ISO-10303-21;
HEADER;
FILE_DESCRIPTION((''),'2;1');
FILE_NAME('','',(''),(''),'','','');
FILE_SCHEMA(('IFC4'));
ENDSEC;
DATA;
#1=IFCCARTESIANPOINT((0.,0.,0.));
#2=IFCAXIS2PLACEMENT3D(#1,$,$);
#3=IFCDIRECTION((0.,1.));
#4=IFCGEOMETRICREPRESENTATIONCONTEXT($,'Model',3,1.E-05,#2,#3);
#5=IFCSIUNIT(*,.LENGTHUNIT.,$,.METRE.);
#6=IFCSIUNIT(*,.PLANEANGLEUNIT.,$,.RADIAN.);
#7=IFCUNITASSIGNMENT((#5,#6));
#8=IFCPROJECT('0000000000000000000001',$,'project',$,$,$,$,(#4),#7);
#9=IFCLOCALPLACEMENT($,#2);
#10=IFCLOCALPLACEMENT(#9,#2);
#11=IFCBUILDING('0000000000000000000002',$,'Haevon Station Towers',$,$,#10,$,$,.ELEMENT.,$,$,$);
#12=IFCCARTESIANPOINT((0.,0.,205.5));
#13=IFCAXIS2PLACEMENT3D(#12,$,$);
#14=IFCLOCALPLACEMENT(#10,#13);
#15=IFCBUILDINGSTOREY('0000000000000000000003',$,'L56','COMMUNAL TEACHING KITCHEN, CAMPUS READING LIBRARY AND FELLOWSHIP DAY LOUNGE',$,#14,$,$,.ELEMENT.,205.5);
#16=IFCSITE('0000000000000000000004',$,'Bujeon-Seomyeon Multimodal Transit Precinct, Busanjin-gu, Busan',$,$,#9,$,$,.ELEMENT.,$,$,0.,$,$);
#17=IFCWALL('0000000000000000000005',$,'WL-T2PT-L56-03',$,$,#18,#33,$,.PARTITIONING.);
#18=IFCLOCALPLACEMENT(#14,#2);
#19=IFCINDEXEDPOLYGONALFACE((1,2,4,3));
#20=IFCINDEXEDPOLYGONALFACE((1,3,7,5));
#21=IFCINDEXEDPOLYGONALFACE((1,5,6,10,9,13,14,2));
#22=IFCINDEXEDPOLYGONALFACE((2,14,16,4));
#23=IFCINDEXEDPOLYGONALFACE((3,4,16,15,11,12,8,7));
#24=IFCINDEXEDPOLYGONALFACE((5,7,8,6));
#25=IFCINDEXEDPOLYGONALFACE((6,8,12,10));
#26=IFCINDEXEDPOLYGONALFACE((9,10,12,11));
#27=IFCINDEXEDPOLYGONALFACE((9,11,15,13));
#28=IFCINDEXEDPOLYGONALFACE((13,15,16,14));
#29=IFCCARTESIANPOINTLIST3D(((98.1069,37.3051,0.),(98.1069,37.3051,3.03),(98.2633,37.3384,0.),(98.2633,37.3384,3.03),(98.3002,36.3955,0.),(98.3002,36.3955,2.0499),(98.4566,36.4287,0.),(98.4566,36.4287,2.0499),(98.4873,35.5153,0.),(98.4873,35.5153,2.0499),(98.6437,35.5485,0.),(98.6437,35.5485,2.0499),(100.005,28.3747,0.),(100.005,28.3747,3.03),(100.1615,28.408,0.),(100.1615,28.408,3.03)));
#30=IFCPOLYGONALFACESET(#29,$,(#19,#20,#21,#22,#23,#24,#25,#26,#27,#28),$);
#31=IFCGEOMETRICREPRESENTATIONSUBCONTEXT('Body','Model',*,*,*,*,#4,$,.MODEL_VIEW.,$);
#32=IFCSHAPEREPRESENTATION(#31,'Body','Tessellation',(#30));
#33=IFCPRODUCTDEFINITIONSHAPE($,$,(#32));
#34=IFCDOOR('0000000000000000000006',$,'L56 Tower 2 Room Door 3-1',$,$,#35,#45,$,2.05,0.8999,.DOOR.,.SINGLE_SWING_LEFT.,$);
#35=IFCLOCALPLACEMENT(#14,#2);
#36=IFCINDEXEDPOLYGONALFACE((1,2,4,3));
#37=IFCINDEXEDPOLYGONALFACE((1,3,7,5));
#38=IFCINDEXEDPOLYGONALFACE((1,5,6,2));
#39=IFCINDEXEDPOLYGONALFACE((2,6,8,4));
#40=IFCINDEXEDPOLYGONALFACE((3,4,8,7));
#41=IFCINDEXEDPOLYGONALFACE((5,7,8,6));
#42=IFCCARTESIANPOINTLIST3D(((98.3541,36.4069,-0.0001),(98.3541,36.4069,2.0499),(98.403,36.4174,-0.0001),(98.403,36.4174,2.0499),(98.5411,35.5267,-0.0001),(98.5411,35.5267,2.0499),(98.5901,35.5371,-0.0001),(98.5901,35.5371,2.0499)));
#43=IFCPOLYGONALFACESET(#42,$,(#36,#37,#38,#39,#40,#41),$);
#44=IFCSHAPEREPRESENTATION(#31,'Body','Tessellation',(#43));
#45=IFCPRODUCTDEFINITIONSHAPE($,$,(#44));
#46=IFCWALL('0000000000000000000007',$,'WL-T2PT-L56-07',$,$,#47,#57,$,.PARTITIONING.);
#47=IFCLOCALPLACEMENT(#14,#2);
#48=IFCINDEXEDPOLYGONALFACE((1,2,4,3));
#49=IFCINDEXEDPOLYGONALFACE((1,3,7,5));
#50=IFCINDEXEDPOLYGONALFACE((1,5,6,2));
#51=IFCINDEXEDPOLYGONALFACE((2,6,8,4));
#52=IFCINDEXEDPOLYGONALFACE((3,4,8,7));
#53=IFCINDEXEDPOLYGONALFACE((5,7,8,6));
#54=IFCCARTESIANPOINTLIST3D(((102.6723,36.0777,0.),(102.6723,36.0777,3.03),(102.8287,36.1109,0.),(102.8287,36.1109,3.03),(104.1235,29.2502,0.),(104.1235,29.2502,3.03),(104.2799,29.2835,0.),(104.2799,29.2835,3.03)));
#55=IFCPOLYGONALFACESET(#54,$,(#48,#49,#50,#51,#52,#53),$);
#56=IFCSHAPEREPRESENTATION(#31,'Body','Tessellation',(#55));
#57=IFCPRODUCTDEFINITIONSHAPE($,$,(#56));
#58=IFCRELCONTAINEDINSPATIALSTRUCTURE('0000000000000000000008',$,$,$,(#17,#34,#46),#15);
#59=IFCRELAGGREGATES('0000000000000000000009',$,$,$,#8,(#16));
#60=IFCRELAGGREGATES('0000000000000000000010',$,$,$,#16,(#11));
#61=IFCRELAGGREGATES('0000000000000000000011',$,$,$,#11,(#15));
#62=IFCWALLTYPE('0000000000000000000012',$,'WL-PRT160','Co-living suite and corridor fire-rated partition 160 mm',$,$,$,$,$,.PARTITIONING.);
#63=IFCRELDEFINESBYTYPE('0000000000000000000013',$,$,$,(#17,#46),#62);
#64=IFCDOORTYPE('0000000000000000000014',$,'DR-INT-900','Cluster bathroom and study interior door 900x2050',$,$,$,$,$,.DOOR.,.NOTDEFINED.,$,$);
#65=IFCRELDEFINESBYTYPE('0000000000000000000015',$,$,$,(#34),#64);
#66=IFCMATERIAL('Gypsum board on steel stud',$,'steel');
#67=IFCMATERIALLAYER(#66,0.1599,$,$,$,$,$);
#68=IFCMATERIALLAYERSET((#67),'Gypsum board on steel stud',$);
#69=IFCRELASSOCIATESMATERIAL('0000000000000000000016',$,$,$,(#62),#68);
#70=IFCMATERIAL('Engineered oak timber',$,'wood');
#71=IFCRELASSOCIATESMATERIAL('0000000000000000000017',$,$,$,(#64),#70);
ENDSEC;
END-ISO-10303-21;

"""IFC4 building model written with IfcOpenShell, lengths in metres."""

from ifc_helpers import new_model, si_unit, direction, frame, frame_2d, origin, place, context, subcontext, project, spatial, rectangle, extrude, material, layer, layer_set, type_object, element, fill, save


model = new_model("IFC4")

# Units and contexts
model_context = context("Model", 3, precision=1e-05, world=origin(), true_north=direction((0.0, 1.0)))
body_context = subcontext(model_context, "Body", "Model", "MODEL_VIEW")
ifc_project = project(units=[si_unit("LENGTHUNIT", "METRE"), si_unit("PLANEANGLEUNIT", "RADIAN")], contexts=[model_context])

# Site, building, storey
site_placement = place(None, origin())
site = spatial("IfcSite", under=ifc_project, at=site_placement, Name="Bujeon-Seomyeon Multimodal Transit Precinct, Busanjin-gu, Busan", CompositionType="ELEMENT", RefElevation=0.0)
building_placement = place(site_placement, origin())
building = spatial("IfcBuilding", under=site, at=building_placement, Name="Haevon Station Towers", CompositionType="ELEMENT")
storey_placement = place(building_placement, frame((0.0, 0.0, 205.5)))
storey = spatial("IfcBuildingStorey", under=building, at=storey_placement, Name="L56", Description="COMMUNAL TEACHING KITCHEN, CAMPUS READING LIBRARY AND FELLOWSHIP DAY LOUNGE", CompositionType="ELEMENT", Elevation=205.5)

# Wall, opening, door
ifc_material_1 = material(Name="Gypsum board on steel stud", Category="steel")
ifc_layer_1 = layer(ifc_material_1, 0.1599)
ifc_layer_set_1 = layer_set([ifc_layer_1], Name="Gypsum board on steel stud")
wall_type_1 = type_object("IfcWallType", Name="WL-PRT160", Description="Co-living suite and corridor fire-rated partition 160 mm", PredefinedType="PARTITIONING", material=ifc_layer_set_1)
wall_1_placement = place(storey_placement, frame((100.0833, 28.3914, 0.0), z_axis=(0.0, 0.0, 1.0), x_axis=(-0.207909, 0.978148, 0.0)))
wall_1 = element("IfcWall", 1, at=wall_1_placement, inside=storey, type_object=wall_type_1, Name="WL-T2PT-L56-03", PredefinedType="PARTITIONING", context=body_context, shape_type="SweptSolid", body=[
    extrude(rectangle(XDim=9.1299, YDim=0.1599, at=frame_2d((4.5649, 0.0))), origin(), (0.0, 0.0, 1.0), 3.03),
])
opening_placement = place(wall_1_placement, frame((7.3, 0.0, 0.0)))
opening = element("IfcOpeningElement", 2, at=opening_placement, cuts=wall_1, PredefinedType="OPENING", context=body_context, shape_type="SweptSolid", body=[
    extrude(rectangle(XDim=0.8999, YDim=2.05, at=frame_2d((0.45, 1.0249))), frame((0.0, 0.0898, 0.0), z_axis=(0.0, -1.0, 0.0), x_axis=(1.0, 0.0, 0.0)), (0.0, 0.0, 1.0), 0.1799),
])
ifc_material_2 = material(Name="Engineered oak timber", Category="wood")
door_type = type_object("IfcDoorType", Name="DR-INT-900", Description="Cluster bathroom and study interior door 900x2050", OperationType="NOTDEFINED", PredefinedType="DOOR", material=ifc_material_2)
door_placement = place(opening_placement, origin())
door = element("IfcDoor", 3, at=door_placement, inside=storey, type_object=door_type, Name="L56 Tower 2 Room Door 3-1", OperationType="SINGLE_SWING_LEFT", OverallHeight=2.05, OverallWidth=0.8999, PredefinedType="DOOR", context=body_context, shape_type="SweptSolid", body=[
    extrude(rectangle(XDim=0.8999, YDim=2.05, at=frame_2d((0.45, 1.0249))), frame((0.0, 0.0249, 0.0), z_axis=(0.0, -1.0, 0.0), x_axis=(1.0, 0.0, 0.0)), (0.0, 0.0, 1.0), 0.05),
])
fill(opening, door)

# Wall
wall_2_placement = place(storey_placement, frame((104.2017, 29.2668, 0.0), z_axis=(0.0, 0.0, 1.0), x_axis=(-0.207907, 0.978149, 0.0)))
element("IfcWall", 4, at=wall_2_placement, inside=storey, type_object=wall_type_1, Name="WL-T2PT-L56-07", PredefinedType="PARTITIONING", context=body_context, shape_type="SweptSolid", body=[
    extrude(rectangle(XDim=6.98, YDim=0.1599, at=frame_2d((3.49, 0.0))), origin(), (0.0, 0.0, 1.0), 3.03),
])

save(model, "model.ifc")
